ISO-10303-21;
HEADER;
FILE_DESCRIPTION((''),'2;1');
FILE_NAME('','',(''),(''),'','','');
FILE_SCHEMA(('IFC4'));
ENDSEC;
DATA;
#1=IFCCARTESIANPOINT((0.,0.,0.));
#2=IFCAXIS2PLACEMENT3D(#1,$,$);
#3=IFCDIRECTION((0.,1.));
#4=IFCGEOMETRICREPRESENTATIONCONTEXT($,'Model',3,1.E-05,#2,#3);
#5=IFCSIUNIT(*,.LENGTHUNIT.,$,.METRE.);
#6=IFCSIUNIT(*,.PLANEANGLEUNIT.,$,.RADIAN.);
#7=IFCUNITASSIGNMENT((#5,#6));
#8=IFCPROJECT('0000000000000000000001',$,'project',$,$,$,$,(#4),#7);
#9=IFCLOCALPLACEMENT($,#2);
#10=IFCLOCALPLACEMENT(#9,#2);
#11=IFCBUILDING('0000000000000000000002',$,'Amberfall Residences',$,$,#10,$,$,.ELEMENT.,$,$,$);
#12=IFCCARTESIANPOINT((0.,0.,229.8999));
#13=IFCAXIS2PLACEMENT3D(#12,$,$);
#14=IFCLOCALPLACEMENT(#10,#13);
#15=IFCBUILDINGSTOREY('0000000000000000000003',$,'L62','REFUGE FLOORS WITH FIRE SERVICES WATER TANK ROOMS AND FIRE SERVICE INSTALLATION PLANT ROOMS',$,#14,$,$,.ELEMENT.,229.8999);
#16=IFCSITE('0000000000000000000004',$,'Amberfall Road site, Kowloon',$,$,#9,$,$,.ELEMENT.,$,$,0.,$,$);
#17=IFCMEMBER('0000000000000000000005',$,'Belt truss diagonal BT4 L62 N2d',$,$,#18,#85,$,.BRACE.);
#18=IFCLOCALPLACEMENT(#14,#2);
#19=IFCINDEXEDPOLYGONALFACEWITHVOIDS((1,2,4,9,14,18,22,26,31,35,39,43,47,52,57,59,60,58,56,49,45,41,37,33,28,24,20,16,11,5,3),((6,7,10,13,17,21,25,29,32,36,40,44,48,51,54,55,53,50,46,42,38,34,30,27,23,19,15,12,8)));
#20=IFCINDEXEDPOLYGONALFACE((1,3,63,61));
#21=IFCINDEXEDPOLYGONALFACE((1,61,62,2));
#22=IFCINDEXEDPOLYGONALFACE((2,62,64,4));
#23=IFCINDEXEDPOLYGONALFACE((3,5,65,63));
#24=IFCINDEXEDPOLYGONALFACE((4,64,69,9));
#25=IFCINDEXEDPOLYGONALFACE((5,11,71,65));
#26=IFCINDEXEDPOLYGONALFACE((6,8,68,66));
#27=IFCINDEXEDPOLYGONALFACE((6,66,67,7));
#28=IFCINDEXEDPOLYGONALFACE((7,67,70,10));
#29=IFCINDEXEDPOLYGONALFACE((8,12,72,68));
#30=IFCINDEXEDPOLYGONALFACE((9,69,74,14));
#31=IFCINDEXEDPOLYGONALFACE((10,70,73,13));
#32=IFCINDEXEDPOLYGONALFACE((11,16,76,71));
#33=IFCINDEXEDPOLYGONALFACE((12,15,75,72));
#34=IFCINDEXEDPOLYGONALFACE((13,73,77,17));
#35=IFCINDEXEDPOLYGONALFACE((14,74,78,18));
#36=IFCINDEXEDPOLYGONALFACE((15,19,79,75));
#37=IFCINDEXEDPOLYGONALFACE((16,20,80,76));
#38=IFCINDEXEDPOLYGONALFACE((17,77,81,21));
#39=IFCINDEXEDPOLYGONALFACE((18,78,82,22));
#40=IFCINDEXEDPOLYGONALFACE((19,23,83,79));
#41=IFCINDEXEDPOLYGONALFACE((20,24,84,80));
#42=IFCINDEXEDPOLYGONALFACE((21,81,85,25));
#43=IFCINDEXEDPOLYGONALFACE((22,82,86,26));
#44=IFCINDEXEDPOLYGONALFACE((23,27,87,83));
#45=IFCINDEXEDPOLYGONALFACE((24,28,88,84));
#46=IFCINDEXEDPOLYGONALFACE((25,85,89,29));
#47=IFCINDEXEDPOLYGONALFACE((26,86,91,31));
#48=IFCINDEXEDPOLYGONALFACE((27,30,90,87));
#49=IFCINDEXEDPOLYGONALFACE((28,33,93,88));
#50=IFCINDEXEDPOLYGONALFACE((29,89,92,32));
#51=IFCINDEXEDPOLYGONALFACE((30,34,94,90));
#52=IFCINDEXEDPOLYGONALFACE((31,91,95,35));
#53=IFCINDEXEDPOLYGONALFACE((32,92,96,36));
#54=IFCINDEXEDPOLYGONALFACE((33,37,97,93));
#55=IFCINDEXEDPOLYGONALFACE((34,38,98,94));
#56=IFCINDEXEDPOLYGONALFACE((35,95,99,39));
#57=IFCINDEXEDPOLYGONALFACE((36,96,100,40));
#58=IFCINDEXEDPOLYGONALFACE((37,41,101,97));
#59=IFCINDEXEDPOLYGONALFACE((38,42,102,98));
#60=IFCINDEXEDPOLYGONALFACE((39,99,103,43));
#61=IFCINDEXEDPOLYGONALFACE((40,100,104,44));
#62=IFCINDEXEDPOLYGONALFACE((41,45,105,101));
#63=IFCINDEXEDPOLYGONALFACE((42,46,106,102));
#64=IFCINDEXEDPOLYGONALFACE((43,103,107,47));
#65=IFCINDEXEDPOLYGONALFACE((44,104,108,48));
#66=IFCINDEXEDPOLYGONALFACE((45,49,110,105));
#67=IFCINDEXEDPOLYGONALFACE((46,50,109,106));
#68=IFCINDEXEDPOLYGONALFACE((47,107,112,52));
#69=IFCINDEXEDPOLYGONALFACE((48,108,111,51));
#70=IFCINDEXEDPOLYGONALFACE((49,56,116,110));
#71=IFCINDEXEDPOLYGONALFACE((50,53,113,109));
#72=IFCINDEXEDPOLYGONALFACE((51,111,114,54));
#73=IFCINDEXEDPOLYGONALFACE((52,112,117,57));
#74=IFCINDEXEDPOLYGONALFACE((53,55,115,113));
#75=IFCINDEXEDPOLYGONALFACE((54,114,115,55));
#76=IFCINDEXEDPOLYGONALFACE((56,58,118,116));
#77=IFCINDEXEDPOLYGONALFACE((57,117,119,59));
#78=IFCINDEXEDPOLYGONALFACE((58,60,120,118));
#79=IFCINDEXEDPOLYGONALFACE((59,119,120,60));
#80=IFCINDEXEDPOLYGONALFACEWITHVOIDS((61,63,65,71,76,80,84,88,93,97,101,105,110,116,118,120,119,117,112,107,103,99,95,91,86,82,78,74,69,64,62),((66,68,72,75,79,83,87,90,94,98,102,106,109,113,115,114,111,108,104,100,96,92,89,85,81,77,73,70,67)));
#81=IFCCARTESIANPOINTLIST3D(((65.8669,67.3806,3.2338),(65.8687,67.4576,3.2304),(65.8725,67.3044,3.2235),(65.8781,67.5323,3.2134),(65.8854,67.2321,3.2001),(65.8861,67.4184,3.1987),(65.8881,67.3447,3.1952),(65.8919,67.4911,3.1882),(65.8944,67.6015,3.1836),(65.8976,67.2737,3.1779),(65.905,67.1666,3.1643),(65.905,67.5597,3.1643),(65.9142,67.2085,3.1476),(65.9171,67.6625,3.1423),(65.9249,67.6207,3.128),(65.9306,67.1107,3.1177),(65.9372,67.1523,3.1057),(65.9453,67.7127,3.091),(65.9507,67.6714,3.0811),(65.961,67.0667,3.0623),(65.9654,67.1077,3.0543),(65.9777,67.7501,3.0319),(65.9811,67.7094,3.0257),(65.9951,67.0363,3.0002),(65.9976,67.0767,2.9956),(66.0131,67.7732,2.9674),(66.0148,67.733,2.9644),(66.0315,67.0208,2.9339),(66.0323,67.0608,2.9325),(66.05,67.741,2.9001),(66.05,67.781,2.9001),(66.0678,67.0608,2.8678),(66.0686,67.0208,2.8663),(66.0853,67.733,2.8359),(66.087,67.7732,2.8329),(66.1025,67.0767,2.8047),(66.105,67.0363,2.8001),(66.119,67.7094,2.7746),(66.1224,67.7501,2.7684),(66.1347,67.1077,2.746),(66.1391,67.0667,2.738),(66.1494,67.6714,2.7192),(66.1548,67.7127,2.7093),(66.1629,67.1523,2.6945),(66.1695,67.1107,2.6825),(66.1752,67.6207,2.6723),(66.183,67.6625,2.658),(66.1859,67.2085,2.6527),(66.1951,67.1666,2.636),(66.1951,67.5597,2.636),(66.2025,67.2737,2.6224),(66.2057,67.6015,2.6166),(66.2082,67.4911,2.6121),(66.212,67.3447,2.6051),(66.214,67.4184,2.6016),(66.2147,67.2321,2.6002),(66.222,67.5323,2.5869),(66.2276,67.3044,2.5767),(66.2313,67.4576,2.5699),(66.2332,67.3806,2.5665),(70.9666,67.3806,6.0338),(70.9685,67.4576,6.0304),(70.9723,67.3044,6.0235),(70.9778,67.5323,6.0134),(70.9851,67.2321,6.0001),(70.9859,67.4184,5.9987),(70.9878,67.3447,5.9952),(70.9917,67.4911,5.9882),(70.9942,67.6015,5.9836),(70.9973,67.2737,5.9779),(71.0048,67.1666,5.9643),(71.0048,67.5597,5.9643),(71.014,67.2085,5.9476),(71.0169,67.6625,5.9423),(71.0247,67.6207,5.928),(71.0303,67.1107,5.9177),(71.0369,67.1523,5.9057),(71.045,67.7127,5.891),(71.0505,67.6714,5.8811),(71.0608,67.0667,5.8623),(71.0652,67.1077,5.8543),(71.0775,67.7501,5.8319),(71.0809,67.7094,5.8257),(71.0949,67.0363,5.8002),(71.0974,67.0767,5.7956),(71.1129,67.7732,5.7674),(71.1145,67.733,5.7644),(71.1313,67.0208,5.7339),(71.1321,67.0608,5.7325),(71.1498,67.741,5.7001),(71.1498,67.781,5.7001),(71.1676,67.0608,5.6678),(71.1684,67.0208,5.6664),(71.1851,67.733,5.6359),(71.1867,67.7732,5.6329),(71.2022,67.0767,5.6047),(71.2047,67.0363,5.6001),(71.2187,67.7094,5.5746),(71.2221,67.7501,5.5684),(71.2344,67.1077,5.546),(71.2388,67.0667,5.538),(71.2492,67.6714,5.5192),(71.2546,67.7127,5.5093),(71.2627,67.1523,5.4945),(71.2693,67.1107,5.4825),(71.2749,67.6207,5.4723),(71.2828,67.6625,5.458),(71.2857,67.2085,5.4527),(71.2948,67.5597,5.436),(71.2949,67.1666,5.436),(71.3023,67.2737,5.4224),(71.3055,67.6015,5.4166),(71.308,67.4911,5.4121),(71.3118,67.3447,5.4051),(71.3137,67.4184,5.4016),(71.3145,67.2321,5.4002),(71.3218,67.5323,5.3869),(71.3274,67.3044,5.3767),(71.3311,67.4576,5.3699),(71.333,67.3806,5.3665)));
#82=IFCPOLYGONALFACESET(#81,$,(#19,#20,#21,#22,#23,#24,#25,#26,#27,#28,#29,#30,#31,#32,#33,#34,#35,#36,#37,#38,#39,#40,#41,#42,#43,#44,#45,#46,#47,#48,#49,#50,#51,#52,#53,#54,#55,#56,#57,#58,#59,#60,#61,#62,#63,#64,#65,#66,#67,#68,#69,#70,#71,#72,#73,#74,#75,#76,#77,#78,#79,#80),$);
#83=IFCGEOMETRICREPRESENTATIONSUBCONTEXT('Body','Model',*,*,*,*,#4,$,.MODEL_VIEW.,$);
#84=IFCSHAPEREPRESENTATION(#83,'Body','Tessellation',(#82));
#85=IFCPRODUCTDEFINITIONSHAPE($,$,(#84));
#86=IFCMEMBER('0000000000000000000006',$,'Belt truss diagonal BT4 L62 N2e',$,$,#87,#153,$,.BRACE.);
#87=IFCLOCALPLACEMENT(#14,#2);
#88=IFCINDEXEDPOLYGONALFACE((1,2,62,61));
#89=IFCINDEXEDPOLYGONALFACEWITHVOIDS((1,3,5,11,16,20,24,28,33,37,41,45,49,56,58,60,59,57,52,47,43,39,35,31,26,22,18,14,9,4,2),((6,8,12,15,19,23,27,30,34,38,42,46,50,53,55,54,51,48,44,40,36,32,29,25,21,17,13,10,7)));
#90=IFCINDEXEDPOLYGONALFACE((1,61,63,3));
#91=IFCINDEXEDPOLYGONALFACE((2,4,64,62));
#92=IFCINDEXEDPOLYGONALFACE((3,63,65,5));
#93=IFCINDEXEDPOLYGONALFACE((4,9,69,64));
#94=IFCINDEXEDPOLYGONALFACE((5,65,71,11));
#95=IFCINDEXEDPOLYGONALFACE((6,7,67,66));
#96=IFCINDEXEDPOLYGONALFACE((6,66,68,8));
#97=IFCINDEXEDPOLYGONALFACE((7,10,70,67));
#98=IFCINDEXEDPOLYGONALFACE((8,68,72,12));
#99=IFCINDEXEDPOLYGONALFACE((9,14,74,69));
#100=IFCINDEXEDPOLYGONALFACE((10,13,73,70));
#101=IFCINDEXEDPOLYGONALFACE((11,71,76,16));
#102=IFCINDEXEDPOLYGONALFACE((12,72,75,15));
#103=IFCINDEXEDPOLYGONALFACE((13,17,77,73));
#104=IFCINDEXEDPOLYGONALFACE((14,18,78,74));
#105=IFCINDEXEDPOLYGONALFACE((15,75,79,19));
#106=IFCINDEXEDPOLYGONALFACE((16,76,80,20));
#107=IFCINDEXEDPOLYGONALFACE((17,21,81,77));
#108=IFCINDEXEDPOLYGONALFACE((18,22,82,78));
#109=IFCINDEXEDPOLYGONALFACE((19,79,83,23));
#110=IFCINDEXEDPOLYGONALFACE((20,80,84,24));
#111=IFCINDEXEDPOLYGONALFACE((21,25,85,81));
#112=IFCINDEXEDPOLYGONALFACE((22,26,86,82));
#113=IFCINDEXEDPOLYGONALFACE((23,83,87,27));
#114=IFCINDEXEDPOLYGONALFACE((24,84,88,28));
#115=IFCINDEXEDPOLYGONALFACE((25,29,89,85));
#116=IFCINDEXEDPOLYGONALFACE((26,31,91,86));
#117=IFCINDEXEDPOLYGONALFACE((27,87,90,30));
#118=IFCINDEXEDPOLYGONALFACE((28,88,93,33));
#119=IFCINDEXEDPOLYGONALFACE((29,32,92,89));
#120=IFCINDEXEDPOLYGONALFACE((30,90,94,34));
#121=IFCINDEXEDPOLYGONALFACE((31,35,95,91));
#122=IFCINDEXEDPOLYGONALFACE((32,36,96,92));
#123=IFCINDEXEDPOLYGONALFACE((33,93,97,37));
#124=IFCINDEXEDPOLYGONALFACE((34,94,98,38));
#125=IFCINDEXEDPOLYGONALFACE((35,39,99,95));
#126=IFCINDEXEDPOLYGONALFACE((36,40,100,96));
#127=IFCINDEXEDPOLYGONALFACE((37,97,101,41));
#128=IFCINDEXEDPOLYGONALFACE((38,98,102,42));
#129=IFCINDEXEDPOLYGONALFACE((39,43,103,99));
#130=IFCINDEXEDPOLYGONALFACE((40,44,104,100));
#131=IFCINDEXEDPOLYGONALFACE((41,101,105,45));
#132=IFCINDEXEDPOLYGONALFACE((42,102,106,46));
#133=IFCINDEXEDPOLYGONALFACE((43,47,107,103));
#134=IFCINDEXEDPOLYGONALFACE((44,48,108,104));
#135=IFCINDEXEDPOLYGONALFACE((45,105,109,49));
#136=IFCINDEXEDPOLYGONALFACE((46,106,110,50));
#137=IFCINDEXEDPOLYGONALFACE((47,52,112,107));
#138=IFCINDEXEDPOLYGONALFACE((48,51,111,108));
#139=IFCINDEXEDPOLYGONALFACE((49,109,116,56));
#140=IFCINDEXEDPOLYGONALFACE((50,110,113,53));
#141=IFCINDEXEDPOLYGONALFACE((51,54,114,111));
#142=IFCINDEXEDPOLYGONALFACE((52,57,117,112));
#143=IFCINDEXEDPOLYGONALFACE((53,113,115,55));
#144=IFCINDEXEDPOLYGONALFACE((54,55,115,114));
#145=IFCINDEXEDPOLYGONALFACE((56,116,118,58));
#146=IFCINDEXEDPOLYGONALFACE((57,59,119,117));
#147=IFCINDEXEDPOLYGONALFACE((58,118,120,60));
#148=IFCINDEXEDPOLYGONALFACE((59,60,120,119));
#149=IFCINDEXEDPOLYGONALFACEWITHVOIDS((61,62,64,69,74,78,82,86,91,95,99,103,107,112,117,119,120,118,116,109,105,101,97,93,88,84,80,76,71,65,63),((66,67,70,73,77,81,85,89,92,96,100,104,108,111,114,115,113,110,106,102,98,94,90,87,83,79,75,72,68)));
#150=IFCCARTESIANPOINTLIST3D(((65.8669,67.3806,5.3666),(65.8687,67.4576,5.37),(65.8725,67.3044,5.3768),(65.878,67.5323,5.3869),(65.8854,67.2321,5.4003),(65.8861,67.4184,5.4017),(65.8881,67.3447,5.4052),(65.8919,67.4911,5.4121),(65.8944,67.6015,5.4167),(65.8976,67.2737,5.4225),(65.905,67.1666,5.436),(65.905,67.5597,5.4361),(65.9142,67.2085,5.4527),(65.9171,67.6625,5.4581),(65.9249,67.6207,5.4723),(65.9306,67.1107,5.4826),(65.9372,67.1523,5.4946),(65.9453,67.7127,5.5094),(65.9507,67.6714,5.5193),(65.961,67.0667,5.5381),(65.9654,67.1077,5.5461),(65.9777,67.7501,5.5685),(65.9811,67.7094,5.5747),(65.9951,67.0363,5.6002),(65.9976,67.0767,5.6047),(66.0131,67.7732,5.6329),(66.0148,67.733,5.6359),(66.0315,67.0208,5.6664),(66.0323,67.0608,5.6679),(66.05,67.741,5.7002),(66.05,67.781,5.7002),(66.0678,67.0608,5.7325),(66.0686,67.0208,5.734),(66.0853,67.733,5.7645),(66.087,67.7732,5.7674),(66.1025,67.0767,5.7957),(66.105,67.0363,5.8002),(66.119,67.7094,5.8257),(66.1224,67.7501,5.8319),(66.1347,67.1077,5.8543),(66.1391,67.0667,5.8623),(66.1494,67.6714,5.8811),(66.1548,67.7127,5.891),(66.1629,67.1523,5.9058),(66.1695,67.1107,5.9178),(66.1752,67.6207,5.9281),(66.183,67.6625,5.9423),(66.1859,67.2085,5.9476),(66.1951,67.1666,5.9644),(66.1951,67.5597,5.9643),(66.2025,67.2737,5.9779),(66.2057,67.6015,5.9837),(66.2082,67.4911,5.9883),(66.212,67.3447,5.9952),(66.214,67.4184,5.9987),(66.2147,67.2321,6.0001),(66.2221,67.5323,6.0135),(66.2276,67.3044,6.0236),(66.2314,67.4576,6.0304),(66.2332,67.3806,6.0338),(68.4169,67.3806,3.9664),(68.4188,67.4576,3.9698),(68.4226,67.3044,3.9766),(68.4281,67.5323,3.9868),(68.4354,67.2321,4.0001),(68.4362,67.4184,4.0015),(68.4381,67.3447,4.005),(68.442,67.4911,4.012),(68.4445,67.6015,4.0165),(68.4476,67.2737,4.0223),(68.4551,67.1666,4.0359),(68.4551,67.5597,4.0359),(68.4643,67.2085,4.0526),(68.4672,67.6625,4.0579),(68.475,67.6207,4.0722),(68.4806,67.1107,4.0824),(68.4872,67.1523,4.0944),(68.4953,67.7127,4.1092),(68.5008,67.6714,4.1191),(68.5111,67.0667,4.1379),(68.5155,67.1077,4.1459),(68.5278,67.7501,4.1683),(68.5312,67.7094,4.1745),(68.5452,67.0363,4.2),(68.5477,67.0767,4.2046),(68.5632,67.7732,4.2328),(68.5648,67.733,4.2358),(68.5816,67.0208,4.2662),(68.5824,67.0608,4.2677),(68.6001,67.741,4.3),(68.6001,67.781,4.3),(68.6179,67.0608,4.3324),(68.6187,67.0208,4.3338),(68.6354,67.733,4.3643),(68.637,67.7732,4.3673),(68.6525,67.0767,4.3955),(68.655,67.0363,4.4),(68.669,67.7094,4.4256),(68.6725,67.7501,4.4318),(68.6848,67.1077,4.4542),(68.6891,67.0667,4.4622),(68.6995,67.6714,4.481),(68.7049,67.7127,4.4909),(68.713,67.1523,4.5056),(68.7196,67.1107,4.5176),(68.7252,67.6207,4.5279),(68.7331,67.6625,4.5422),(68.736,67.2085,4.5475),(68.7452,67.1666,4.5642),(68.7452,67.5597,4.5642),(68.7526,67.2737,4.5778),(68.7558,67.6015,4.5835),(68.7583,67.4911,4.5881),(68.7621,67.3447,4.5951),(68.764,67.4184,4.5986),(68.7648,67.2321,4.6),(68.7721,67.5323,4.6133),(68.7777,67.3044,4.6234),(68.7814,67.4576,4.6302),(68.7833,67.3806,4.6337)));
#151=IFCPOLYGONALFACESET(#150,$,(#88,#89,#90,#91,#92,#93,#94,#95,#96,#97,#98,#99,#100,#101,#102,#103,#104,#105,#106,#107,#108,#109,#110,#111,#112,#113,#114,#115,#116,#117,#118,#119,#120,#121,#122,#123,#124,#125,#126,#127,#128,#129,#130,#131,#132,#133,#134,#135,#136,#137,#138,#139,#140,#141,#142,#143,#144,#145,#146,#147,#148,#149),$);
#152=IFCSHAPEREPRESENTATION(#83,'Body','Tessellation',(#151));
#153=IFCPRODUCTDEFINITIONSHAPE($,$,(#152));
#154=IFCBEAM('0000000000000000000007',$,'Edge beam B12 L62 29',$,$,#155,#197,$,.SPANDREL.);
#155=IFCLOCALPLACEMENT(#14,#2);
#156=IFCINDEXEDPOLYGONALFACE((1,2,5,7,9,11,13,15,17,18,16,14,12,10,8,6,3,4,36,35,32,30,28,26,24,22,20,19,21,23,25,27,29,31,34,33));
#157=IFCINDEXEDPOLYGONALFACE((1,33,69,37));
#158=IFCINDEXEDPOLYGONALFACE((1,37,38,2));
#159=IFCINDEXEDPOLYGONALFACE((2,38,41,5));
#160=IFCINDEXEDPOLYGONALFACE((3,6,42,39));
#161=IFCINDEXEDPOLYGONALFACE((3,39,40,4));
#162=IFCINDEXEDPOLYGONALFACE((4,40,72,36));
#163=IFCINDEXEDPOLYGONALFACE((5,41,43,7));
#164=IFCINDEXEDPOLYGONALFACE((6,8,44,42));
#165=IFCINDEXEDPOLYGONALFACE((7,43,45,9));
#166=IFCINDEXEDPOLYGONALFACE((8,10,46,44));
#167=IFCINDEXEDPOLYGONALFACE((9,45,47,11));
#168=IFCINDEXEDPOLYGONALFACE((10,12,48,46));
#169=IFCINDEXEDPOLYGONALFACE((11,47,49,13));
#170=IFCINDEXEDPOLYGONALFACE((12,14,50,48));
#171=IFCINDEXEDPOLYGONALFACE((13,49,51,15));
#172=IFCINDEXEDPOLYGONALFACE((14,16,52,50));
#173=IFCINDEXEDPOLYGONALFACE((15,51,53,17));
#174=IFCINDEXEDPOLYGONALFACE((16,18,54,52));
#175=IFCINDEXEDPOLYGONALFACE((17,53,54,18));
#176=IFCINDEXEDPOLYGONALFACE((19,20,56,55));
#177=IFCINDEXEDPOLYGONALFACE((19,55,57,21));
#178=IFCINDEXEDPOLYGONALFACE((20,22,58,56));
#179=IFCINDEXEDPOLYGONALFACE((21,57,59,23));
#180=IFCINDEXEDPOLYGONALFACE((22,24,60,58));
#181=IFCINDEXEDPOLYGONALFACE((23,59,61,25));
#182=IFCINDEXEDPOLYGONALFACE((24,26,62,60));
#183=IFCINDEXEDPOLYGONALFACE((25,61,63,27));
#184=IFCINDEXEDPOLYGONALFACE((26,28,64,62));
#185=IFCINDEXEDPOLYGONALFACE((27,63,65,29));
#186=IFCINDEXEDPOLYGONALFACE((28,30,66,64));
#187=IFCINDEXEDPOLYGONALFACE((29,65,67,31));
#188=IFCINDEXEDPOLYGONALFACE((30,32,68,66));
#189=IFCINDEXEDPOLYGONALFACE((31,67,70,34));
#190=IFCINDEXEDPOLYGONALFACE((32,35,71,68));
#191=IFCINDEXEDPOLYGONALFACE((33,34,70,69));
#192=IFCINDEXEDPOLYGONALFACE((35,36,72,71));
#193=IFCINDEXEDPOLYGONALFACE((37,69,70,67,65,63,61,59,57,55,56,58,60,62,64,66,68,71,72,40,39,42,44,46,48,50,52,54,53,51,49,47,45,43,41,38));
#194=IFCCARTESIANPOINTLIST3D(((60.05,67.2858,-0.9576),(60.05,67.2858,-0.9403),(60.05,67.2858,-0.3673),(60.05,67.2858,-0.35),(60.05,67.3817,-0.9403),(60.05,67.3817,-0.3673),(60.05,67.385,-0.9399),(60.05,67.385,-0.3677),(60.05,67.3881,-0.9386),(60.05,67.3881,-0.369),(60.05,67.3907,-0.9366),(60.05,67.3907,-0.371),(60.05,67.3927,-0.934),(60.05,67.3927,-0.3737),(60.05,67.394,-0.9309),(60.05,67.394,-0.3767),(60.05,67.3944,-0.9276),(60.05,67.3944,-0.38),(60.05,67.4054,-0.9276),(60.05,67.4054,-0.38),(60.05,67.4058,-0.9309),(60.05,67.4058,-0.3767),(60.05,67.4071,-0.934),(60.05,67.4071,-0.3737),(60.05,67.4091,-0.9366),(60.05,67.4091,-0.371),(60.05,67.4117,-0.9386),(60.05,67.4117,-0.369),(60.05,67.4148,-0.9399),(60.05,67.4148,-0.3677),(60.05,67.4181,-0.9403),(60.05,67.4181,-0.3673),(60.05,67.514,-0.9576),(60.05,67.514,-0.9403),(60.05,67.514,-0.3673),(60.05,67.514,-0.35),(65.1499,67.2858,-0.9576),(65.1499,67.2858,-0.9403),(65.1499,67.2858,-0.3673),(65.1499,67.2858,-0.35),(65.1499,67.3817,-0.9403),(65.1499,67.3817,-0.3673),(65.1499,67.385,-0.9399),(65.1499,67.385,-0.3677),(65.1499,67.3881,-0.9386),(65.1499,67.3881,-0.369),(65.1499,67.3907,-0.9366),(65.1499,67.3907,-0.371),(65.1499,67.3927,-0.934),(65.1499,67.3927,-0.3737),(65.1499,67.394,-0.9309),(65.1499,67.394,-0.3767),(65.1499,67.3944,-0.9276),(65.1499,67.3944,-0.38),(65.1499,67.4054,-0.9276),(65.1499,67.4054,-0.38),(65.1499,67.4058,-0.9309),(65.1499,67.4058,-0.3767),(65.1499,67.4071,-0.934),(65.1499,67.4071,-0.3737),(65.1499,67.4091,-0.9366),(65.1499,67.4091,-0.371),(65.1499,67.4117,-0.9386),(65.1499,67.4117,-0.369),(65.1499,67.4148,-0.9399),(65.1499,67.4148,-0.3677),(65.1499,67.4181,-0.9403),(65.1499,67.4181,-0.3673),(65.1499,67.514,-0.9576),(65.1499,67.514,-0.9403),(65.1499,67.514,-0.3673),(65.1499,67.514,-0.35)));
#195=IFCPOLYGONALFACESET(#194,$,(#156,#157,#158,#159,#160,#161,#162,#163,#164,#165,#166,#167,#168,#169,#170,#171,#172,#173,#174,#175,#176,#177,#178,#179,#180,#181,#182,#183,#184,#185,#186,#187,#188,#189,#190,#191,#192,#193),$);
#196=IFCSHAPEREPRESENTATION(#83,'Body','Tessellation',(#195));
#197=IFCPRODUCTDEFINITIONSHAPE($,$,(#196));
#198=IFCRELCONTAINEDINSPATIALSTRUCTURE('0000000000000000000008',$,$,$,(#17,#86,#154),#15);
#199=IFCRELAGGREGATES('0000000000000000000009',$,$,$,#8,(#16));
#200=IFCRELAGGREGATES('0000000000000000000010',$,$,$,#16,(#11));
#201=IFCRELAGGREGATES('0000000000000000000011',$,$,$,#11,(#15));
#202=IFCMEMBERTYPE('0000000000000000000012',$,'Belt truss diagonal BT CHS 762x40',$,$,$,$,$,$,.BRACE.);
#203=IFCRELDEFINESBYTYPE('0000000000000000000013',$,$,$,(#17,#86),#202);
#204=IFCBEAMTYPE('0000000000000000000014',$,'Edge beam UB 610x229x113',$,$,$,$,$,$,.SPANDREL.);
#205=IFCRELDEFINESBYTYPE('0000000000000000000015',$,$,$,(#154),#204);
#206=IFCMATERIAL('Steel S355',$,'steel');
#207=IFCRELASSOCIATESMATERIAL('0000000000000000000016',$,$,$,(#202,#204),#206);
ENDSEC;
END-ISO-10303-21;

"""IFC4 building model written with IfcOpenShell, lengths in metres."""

from ifc_helpers import new_model, si_unit, direction, frame, origin, origin_2d, place, context, subcontext, project, spatial, hollow_circle, i_section, extrude, material, material_profile, profile_set, type_object, element, save


model = new_model("IFC4")

# Units and contexts
model_context = context("Model", 3, precision=1e-05, world=origin(), true_north=direction((0.0, 1.0)))
body_context = subcontext(model_context, "Body", "Model", "MODEL_VIEW")
ifc_project = project(units=[si_unit("LENGTHUNIT", "METRE"), si_unit("PLANEANGLEUNIT", "RADIAN")], contexts=[model_context])

# Site, building, storey
site_placement = place(None, origin())
site = spatial("IfcSite", under=ifc_project, at=site_placement, Name="Amberfall Road site, Kowloon", CompositionType="ELEMENT", RefElevation=0.0)
building_placement = place(site_placement, origin())
building = spatial("IfcBuilding", under=site, at=building_placement, Name="Amberfall Residences", CompositionType="ELEMENT")
storey_placement = place(building_placement, frame((0.0, 0.0, 229.8999)))
storey = spatial("IfcBuildingStorey", under=building, at=storey_placement, Name="L62", Description="REFUGE FLOORS WITH FIRE SERVICES WATER TANK ROOMS AND FIRE SERVICE INSTALLATION PLANT ROOMS", CompositionType="ELEMENT", Elevation=229.8999)

# Shared definitions
ifc_material_1 = material(Name="Steel S355", Category="steel")

# Members
ifc_material_profile_1 = material_profile(ifc_material_1, hollow_circle(Radius=0.3811, WallThickness=0.04, at=origin_2d()), Name="CHS 762x40")
ifc_profile_set_1 = profile_set([ifc_material_profile_1], Name="Steel S355")
member_type = type_object("IfcMemberType", Name="Belt truss diagonal BT CHS 762x40", PredefinedType="BRACE", material=ifc_profile_set_1)
member_1_placement = place(storey_placement, frame((66.05, 67.3999, 2.9001), z_axis=(0.876569, 0.0, 0.481276), x_axis=(0.0, 1.0, 0.0)))
element("IfcMember", 1, at=member_1_placement, inside=storey, type_object=member_type, Name="Belt truss diagonal BT4 L62 N2d", PredefinedType="BRACE", context=body_context, shape_type="SweptSolid", body=[
    extrude(hollow_circle(Radius=0.3811, WallThickness=0.04, at=origin_2d()), origin(), (0.0, 0.0, 1.0), 5.8179),
])
member_2_placement = place(storey_placement, frame((66.05, 67.3999, 5.7002), z_axis=(0.876561, 0.0, -0.48129), x_axis=(0.0, 1.0, 0.0)))
element("IfcMember", 2, at=member_2_placement, inside=storey, type_object=member_type, Name="Belt truss diagonal BT4 L62 N2e", PredefinedType="BRACE", context=body_context, shape_type="SweptSolid", body=[
    extrude(hollow_circle(Radius=0.3811, WallThickness=0.04, at=origin_2d()), origin(), (0.0, 0.0, 1.0), 2.9092),
])

# Beam
ifc_material_profile_2 = material_profile(ifc_material_1, i_section(OverallWidth=0.2283, OverallDepth=0.6077, WebThickness=0.011, FlangeThickness=0.0173, FilletRadius=0.0127, at=origin_2d()), Name="UB 610x229x113")
ifc_profile_set_2 = profile_set([ifc_material_profile_2], Name="Steel S355")
beam_type_1 = type_object("IfcBeamType", Name="Edge beam UB 610x229x113", PredefinedType="SPANDREL", material=ifc_profile_set_2)
for number, where, z_axis, x_axis, name in (
    (3, (60.05, 67.3999, -0.6538), (1.0, 0.0, 0.0), (0.0, 1.0, 0.0), "Edge beam B12 L62 29"),
):
    element("IfcBeam", number, at=place(storey_placement, frame(where, z_axis=z_axis, x_axis=x_axis)), inside=storey, type_object=beam_type_1, Name=name, PredefinedType="SPANDREL", context=body_context, shape_type="SweptSolid", body=[
        extrude(i_section(OverallWidth=0.2283, OverallDepth=0.6077, WebThickness=0.011, FlangeThickness=0.0173, FilletRadius=0.0127, at=origin_2d()), origin(), (0.0, 0.0, 1.0), 5.0999),
    ])

save(model, "model.ifc")
